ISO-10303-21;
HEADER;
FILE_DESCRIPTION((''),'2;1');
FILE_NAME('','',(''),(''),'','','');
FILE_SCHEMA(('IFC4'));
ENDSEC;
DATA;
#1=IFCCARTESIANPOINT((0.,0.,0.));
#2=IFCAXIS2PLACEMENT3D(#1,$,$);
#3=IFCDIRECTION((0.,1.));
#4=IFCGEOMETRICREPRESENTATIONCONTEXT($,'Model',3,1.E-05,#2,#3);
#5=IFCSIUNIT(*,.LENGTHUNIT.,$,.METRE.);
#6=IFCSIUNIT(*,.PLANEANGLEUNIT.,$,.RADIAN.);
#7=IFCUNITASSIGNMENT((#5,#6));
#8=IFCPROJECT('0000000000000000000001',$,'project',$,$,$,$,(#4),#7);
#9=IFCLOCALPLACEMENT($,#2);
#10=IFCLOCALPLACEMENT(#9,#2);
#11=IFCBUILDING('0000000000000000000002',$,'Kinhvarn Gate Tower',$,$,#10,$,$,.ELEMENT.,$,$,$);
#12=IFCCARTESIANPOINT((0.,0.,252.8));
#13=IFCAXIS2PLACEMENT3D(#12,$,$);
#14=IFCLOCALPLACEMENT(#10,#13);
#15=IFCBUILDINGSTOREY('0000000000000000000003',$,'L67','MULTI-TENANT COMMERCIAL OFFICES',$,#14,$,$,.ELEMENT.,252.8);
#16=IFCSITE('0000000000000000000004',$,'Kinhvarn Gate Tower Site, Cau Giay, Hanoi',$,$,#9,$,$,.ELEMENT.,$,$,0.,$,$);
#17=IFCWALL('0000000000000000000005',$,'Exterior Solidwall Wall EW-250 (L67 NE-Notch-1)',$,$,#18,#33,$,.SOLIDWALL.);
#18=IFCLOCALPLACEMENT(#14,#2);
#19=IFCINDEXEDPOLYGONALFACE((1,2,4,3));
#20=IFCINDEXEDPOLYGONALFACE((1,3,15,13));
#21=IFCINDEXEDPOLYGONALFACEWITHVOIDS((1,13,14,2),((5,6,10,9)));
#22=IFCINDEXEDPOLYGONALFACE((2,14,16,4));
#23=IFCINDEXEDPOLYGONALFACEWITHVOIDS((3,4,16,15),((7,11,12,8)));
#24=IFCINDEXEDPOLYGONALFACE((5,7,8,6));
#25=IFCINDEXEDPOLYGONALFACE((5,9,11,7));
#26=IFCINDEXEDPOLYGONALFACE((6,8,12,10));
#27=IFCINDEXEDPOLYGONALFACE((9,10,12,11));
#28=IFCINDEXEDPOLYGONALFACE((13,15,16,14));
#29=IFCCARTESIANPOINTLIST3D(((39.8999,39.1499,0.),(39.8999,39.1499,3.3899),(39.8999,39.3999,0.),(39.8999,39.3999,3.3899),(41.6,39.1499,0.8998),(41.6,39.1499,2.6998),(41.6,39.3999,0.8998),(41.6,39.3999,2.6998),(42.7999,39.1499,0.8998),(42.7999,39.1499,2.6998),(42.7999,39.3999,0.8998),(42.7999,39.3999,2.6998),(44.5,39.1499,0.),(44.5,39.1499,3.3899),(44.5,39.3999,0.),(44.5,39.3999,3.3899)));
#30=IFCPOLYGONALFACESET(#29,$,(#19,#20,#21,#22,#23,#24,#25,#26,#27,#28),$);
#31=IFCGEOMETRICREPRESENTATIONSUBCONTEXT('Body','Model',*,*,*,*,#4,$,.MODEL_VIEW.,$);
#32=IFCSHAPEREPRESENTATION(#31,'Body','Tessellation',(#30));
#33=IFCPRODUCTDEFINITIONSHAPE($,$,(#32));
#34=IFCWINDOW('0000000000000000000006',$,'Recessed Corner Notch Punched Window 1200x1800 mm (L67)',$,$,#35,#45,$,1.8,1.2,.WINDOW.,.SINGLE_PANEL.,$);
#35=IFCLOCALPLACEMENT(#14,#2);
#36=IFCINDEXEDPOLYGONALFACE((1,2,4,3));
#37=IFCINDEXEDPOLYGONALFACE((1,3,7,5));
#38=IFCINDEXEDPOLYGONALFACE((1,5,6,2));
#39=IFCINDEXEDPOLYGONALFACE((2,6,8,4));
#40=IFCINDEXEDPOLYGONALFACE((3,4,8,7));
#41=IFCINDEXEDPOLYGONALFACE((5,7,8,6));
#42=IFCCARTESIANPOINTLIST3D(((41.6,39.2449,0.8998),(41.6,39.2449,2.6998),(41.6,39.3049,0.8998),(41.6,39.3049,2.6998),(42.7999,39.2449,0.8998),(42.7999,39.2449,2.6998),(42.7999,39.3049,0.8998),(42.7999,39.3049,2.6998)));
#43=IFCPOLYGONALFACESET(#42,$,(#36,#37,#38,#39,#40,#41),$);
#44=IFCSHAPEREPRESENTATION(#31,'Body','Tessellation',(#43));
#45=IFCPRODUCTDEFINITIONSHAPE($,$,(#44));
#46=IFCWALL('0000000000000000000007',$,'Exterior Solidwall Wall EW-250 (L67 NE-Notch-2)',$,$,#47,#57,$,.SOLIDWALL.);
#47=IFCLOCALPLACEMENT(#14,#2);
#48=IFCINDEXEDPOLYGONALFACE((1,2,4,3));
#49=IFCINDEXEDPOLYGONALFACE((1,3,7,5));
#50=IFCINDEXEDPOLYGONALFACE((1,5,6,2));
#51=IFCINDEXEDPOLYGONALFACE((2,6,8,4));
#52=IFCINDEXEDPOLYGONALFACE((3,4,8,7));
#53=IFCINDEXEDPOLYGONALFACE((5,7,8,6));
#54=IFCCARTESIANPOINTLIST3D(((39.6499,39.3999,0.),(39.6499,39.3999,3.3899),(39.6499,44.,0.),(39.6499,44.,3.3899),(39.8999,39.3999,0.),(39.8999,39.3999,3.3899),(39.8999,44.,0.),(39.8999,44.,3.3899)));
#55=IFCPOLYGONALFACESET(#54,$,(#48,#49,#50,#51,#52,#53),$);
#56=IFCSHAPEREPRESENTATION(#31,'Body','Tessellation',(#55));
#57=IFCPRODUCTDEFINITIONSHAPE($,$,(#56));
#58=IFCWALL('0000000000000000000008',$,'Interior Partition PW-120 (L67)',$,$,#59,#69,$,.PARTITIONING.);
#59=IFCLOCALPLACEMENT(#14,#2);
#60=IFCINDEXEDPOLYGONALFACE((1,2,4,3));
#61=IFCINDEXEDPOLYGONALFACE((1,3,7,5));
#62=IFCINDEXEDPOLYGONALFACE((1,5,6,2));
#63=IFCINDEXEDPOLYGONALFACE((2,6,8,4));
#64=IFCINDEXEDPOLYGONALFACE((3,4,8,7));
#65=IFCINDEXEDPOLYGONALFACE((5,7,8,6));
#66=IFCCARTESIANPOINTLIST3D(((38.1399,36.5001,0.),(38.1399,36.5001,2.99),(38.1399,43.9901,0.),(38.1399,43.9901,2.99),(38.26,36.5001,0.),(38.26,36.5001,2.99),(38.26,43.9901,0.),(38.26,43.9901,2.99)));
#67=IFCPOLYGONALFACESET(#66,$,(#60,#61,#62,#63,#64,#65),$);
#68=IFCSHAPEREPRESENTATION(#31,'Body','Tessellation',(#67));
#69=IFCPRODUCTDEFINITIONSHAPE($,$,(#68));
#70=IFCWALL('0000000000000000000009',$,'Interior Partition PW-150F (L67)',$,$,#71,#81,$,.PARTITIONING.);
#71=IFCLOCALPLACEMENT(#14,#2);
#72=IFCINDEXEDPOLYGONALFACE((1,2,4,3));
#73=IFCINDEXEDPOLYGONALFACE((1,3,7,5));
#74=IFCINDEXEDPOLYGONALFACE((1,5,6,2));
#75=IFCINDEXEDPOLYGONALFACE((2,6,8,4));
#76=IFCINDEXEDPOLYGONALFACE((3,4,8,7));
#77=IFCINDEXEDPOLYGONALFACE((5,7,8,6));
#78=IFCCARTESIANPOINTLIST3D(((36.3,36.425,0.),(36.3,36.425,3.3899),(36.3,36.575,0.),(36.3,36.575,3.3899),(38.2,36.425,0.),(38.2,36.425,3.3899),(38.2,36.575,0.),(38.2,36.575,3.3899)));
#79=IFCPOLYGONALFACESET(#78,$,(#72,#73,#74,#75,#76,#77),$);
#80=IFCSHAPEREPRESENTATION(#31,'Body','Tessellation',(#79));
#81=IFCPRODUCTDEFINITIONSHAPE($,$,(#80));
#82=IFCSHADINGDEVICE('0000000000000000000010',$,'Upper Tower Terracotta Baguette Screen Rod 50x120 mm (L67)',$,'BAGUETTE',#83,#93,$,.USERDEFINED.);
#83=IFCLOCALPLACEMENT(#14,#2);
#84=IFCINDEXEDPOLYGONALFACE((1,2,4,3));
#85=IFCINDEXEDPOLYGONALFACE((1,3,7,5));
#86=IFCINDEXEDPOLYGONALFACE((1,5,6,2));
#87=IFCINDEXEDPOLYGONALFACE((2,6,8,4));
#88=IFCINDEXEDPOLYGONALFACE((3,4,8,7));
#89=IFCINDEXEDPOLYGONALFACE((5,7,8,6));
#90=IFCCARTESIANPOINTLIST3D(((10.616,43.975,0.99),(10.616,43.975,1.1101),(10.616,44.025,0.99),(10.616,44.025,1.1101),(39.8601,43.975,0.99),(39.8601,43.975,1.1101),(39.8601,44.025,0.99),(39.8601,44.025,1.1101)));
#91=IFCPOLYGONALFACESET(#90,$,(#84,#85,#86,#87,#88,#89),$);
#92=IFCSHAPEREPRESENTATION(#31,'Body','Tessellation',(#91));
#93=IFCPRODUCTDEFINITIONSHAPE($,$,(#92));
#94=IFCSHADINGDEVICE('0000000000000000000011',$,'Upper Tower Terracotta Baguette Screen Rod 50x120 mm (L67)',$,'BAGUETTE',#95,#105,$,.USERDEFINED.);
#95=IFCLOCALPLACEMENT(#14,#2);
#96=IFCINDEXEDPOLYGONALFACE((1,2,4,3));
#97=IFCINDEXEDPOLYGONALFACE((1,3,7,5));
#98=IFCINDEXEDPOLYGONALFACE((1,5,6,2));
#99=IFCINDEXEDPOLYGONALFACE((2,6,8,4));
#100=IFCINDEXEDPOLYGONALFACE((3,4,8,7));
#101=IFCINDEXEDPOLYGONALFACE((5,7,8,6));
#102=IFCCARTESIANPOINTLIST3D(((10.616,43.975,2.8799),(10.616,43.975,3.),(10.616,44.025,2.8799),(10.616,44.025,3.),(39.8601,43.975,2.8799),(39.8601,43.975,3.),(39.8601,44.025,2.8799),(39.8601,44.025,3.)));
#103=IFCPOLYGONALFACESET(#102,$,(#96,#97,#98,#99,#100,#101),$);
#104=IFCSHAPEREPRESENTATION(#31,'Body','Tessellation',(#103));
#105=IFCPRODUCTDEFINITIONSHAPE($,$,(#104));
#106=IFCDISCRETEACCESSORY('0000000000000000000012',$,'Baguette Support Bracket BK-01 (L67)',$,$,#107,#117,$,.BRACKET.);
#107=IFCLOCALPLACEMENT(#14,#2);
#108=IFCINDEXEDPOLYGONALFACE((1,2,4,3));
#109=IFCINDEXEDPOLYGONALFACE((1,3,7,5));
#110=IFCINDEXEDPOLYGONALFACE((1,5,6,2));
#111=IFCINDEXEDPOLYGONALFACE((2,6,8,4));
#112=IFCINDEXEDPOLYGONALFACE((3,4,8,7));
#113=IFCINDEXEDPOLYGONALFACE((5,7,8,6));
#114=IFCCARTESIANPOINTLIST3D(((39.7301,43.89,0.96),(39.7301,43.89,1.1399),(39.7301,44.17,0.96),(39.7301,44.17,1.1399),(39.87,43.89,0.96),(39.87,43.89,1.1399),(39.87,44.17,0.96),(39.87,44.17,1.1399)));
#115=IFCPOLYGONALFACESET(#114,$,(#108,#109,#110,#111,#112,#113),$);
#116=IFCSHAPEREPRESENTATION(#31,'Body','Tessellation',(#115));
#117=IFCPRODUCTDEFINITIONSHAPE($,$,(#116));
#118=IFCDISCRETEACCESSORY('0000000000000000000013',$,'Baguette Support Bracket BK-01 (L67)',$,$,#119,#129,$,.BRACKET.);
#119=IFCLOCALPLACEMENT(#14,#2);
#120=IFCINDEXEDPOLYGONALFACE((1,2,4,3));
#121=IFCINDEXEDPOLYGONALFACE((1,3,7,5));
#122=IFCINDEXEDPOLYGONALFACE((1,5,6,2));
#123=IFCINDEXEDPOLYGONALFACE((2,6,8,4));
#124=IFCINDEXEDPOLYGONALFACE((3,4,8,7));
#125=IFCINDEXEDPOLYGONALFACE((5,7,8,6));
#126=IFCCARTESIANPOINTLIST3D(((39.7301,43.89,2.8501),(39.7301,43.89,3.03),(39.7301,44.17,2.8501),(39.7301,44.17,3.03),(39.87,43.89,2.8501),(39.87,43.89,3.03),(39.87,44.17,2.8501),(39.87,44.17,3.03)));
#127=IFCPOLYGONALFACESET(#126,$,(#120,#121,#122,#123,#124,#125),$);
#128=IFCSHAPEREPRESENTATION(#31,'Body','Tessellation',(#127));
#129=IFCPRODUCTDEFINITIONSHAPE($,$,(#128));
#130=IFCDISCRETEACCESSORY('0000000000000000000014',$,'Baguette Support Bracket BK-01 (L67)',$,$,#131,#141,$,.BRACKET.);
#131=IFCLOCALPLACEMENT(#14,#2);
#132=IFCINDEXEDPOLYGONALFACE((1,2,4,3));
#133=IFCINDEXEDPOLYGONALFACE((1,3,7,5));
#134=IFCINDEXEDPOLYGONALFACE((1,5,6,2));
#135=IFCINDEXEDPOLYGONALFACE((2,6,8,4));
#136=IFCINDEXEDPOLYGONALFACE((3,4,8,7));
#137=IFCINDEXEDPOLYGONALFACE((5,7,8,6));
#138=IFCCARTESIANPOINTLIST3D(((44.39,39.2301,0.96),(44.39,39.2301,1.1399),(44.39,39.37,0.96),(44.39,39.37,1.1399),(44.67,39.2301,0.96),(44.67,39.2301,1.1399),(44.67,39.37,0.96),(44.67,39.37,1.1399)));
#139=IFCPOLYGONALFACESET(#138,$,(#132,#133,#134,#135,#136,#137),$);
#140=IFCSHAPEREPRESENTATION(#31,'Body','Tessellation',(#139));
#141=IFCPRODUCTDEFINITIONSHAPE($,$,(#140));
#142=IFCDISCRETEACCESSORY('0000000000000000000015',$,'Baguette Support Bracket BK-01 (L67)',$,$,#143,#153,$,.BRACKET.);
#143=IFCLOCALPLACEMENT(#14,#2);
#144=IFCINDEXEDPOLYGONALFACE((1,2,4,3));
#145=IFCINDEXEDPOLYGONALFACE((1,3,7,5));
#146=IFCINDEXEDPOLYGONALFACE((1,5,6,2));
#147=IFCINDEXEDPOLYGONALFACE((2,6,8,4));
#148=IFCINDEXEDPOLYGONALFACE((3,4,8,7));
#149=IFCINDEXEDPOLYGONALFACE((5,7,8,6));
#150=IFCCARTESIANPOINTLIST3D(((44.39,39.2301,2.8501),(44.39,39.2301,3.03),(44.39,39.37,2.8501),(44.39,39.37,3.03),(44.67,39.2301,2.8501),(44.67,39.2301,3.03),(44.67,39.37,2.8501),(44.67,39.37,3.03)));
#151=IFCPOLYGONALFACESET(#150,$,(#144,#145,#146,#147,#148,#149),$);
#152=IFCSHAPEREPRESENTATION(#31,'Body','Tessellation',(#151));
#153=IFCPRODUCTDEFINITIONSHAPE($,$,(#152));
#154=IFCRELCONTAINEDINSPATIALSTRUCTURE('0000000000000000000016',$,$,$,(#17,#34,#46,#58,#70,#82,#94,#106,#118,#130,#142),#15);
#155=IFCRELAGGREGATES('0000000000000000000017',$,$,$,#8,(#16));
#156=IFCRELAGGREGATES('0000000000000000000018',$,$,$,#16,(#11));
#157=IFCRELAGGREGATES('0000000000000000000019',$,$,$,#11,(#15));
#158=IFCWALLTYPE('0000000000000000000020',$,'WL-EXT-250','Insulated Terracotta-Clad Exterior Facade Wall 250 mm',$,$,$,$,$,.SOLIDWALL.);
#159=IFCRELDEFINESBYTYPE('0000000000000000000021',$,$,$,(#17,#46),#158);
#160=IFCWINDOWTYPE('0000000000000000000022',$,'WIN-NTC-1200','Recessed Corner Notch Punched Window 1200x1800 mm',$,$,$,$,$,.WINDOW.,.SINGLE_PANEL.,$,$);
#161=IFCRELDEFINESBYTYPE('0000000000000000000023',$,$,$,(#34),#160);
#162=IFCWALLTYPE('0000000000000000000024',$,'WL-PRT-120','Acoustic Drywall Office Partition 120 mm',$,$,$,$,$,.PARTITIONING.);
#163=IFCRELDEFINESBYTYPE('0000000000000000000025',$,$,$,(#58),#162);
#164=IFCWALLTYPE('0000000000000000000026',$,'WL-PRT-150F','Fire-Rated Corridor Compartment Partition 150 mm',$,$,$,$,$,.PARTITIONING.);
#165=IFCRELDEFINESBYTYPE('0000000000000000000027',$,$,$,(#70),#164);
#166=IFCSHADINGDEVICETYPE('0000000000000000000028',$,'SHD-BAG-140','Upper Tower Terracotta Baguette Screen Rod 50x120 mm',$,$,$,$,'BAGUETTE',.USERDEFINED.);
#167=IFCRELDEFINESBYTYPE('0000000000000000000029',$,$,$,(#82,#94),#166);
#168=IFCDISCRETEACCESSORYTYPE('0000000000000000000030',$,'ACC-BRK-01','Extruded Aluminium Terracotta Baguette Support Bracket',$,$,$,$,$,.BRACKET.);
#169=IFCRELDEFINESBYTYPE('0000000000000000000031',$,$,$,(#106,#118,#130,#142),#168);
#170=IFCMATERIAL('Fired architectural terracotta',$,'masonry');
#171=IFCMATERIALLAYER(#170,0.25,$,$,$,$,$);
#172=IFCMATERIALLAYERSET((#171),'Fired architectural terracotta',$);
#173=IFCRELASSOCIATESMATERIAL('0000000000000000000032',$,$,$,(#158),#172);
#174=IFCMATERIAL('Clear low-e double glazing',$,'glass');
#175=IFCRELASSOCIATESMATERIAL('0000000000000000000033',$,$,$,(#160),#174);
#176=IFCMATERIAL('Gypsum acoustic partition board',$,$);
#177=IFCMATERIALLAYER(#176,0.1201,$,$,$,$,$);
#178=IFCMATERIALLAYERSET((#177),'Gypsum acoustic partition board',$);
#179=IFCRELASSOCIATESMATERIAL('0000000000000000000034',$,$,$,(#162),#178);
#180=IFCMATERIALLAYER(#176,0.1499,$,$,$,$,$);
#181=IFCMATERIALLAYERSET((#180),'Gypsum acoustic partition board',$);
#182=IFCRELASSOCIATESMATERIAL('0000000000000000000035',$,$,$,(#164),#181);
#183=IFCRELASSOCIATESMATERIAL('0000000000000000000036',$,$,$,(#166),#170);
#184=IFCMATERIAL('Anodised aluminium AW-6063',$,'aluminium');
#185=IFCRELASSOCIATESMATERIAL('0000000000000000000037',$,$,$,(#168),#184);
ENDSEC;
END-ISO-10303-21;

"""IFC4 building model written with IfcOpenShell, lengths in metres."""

from ifc_helpers import new_model, si_unit, direction, frame, frame_2d, origin, origin_2d, place, context, subcontext, project, spatial, rectangle, extrude, material, layer, layer_set, material_profile, profile_set, type_object, element, fill, save


model = new_model("IFC4")

# Units and contexts
model_context = context("Model", 3, precision=1e-05, world=origin(), true_north=direction((0.0, 1.0)))
body_context = subcontext(model_context, "Body", "Model", "MODEL_VIEW")
ifc_project = project(units=[si_unit("LENGTHUNIT", "METRE"), si_unit("PLANEANGLEUNIT", "RADIAN")], contexts=[model_context])

# Site, building, storey
site_placement = place(None, origin())
site = spatial("IfcSite", under=ifc_project, at=site_placement, Name="Kinhvarn Gate Tower Site, Cau Giay, Hanoi", CompositionType="ELEMENT", RefElevation=0.0)
building_placement = place(site_placement, origin())
building = spatial("IfcBuilding", under=site, at=building_placement, Name="Kinhvarn Gate Tower", CompositionType="ELEMENT")
storey_placement = place(building_placement, frame((0.0, 0.0, 252.8)))
storey = spatial("IfcBuildingStorey", under=building, at=storey_placement, Name="L67", Description="MULTI-TENANT COMMERCIAL OFFICES", CompositionType="ELEMENT", Elevation=252.8)

# Shared definitions
ifc_material_1 = material(Name="Anodised aluminium AW-6063", Category="aluminium")

# Shared definitions
ifc_material_2 = material(Name="Clear low-e double glazing", Category="glass")

# Wall, opening, window
ifc_material_3 = material(Name="Fired architectural terracotta", Category="masonry")
ifc_layer_1 = layer(ifc_material_3, 0.25)
ifc_layer_set_1 = layer_set([ifc_layer_1], Name="Fired architectural terracotta")
wall_type_1 = type_object("IfcWallType", Name="WL-EXT-250", Description="Insulated Terracotta-Clad Exterior Facade Wall 250 mm", PredefinedType="SOLIDWALL", material=ifc_layer_set_1)
wall_1_placement = place(storey_placement, frame((44.5, 39.2749, 0.0), z_axis=(0.0, 0.0, 1.0), x_axis=(-1.0, 0.0, 0.0)))
wall_1 = element("IfcWall", 1, at=wall_1_placement, inside=storey, type_object=wall_type_1, Name="Exterior Solidwall Wall EW-250 (L67 NE-Notch-1)", PredefinedType="SOLIDWALL", context=body_context, shape_type="SweptSolid", body=[
    extrude(rectangle(XDim=4.6001, YDim=0.25, at=frame_2d((2.3, 0.0))), origin(), (0.0, 0.0, 1.0), 3.3899),
])
opening_placement = place(wall_1_placement, frame((1.7, 0.0, 0.8999)))
opening = element("IfcOpeningElement", 2, at=opening_placement, cuts=wall_1, PredefinedType="OPENING", context=body_context, shape_type="SweptSolid", body=[
    extrude(rectangle(XDim=1.2, YDim=1.8, at=frame_2d((0.6001, 0.8999))), frame((0.0, 0.135, 0.0), z_axis=(0.0, -1.0, 0.0), x_axis=(1.0, 0.0, 0.0)), (0.0, 0.0, 1.0), 0.27),
])
window_type = type_object("IfcWindowType", Name="WIN-NTC-1200", Description="Recessed Corner Notch Punched Window 1200x1800 mm", PartitioningType="SINGLE_PANEL", PredefinedType="WINDOW", material=ifc_material_2)
window_placement = place(opening_placement, origin())
window = element("IfcWindow", 3, at=window_placement, inside=storey, type_object=window_type, Name="Recessed Corner Notch Punched Window 1200x1800 mm (L67)", OverallHeight=1.8, OverallWidth=1.2, PartitioningType="SINGLE_PANEL", PredefinedType="WINDOW", context=body_context, shape_type="SweptSolid", body=[
    extrude(rectangle(XDim=1.2, YDim=1.8, at=frame_2d((0.6001, 0.8999))), frame((0.0, 0.03, 0.0), z_axis=(0.0, -1.0, 0.0), x_axis=(1.0, 0.0, 0.0)), (0.0, 0.0, 1.0), 0.0601),
])
fill(opening, window)

# Walls
wall_2_placement = place(storey_placement, frame((39.7749, 39.3999, 0.0), z_axis=(0.0, 0.0, 1.0), x_axis=(0.0, 1.0, 0.0)))
element("IfcWall", 4, at=wall_2_placement, inside=storey, type_object=wall_type_1, Name="Exterior Solidwall Wall EW-250 (L67 NE-Notch-2)", PredefinedType="SOLIDWALL", context=body_context, shape_type="SweptSolid", body=[
    extrude(rectangle(XDim=4.6001, YDim=0.25, at=frame_2d((2.3, 0.0))), origin(), (0.0, 0.0, 1.0), 3.3899),
])
ifc_material_4 = material(Name="Gypsum acoustic partition board")
ifc_layer_2 = layer(ifc_material_4, 0.1201)
ifc_layer_set_2 = layer_set([ifc_layer_2], Name="Gypsum acoustic partition board")
wall_type_2 = type_object("IfcWallType", Name="WL-PRT-120", Description="Acoustic Drywall Office Partition 120 mm", PredefinedType="PARTITIONING", material=ifc_layer_set_2)
wall_3_placement = place(storey_placement, frame((38.2, 36.5, 0.0), z_axis=(0.0, 0.0, 1.0), x_axis=(0.0, 1.0, 0.0)))
element("IfcWall", 5, at=wall_3_placement, inside=storey, type_object=wall_type_2, Name="Interior Partition PW-120 (L67)", PredefinedType="PARTITIONING", context=body_context, shape_type="SweptSolid", body=[
    extrude(rectangle(XDim=7.49, YDim=0.1201, at=frame_2d((3.7451, 0.0))), origin(), (0.0, 0.0, 1.0), 2.99),
])
ifc_layer_3 = layer(ifc_material_4, 0.1499)
ifc_layer_set_3 = layer_set([ifc_layer_3], Name="Gypsum acoustic partition board")
wall_type_3 = type_object("IfcWallType", Name="WL-PRT-150F", Description="Fire-Rated Corridor Compartment Partition 150 mm", PredefinedType="PARTITIONING", material=ifc_layer_set_3)
wall_4_placement = place(storey_placement, frame((36.3, 36.5, 0.0), z_axis=(0.0, 0.0, 1.0), x_axis=(1.0, 0.0, 0.0)))
element("IfcWall", 6, at=wall_4_placement, inside=storey, type_object=wall_type_3, Name="Interior Partition PW-150F (L67)", PredefinedType="PARTITIONING", context=body_context, shape_type="SweptSolid", body=[
    extrude(rectangle(XDim=1.8999, YDim=0.1499, at=frame_2d((0.95, 0.0))), origin(), (0.0, 0.0, 1.0), 3.3899),
])

# Shading devices
ifc_material_profile_1 = material_profile(ifc_material_3, rectangle(XDim=0.05, YDim=0.1201, at=origin_2d()), Name="TC 50x120")
ifc_profile_set_1 = profile_set([ifc_material_profile_1], Name="Fired architectural terracotta")
shading_device_type = type_object("IfcShadingDeviceType", Name="SHD-BAG-140", Description="Upper Tower Terracotta Baguette Screen Rod 50x120 mm", ElementType="BAGUETTE", PredefinedType="USERDEFINED", material=ifc_profile_set_1)
for number, where, z_axis, x_axis, name in (
    (7, (39.8601, 44.0, 1.05), (-1.0, 0.0, 0.0), (0.0, -1.0, 0.0), "Upper Tower Terracotta Baguette Screen Rod 50x120 mm (L67)"),
    (8, (39.8601, 44.0, 2.9399), (-1.0, 0.0, 0.0), (0.0, -1.0, 0.0), "Upper Tower Terracotta Baguette Screen Rod 50x120 mm (L67)"),
):
    element("IfcShadingDevice", number, at=place(storey_placement, frame(where, z_axis=z_axis, x_axis=x_axis)), inside=storey, type_object=shading_device_type, Name=name, ObjectType="BAGUETTE", PredefinedType="USERDEFINED", context=body_context, shape_type="SweptSolid", body=[
        extrude(rectangle(XDim=0.05, YDim=0.1201, at=origin_2d()), origin(), (0.0, 0.0, 1.0), 29.2441),
    ])

# Discrete accessories
discrete_accessory_type = type_object("IfcDiscreteAccessoryType", Name="ACC-BRK-01", Description="Extruded Aluminium Terracotta Baguette Support Bracket", PredefinedType="BRACKET", material=ifc_material_1)
for number, where, z_axis, x_axis, name in (
    (9, (39.8, 44.03, 0.96), (0.0, 0.0, 1.0), (-1.0, 0.0, 0.0), "Baguette Support Bracket BK-01 (L67)"),
    (10, (39.8, 44.03, 2.8501), (0.0, 0.0, 1.0), (-1.0, 0.0, 0.0), "Baguette Support Bracket BK-01 (L67)"),
    (11, (44.53, 39.3, 0.96), (0.0, 0.0, 1.0), (0.0, 1.0, 0.0), "Baguette Support Bracket BK-01 (L67)"),
    (12, (44.53, 39.3, 2.8501), (0.0, 0.0, 1.0), (0.0, 1.0, 0.0), "Baguette Support Bracket BK-01 (L67)"),
):
    element("IfcDiscreteAccessory", number, at=place(storey_placement, frame(where, z_axis=z_axis, x_axis=x_axis)), inside=storey, type_object=discrete_accessory_type, Name=name, PredefinedType="BRACKET", context=body_context, shape_type="SweptSolid", body=[
        extrude(rectangle(XDim=0.1399, YDim=0.28, at=origin_2d()), origin(), (0.0, 0.0, 1.0), 0.1799),
    ])

save(model, "model.ifc")
